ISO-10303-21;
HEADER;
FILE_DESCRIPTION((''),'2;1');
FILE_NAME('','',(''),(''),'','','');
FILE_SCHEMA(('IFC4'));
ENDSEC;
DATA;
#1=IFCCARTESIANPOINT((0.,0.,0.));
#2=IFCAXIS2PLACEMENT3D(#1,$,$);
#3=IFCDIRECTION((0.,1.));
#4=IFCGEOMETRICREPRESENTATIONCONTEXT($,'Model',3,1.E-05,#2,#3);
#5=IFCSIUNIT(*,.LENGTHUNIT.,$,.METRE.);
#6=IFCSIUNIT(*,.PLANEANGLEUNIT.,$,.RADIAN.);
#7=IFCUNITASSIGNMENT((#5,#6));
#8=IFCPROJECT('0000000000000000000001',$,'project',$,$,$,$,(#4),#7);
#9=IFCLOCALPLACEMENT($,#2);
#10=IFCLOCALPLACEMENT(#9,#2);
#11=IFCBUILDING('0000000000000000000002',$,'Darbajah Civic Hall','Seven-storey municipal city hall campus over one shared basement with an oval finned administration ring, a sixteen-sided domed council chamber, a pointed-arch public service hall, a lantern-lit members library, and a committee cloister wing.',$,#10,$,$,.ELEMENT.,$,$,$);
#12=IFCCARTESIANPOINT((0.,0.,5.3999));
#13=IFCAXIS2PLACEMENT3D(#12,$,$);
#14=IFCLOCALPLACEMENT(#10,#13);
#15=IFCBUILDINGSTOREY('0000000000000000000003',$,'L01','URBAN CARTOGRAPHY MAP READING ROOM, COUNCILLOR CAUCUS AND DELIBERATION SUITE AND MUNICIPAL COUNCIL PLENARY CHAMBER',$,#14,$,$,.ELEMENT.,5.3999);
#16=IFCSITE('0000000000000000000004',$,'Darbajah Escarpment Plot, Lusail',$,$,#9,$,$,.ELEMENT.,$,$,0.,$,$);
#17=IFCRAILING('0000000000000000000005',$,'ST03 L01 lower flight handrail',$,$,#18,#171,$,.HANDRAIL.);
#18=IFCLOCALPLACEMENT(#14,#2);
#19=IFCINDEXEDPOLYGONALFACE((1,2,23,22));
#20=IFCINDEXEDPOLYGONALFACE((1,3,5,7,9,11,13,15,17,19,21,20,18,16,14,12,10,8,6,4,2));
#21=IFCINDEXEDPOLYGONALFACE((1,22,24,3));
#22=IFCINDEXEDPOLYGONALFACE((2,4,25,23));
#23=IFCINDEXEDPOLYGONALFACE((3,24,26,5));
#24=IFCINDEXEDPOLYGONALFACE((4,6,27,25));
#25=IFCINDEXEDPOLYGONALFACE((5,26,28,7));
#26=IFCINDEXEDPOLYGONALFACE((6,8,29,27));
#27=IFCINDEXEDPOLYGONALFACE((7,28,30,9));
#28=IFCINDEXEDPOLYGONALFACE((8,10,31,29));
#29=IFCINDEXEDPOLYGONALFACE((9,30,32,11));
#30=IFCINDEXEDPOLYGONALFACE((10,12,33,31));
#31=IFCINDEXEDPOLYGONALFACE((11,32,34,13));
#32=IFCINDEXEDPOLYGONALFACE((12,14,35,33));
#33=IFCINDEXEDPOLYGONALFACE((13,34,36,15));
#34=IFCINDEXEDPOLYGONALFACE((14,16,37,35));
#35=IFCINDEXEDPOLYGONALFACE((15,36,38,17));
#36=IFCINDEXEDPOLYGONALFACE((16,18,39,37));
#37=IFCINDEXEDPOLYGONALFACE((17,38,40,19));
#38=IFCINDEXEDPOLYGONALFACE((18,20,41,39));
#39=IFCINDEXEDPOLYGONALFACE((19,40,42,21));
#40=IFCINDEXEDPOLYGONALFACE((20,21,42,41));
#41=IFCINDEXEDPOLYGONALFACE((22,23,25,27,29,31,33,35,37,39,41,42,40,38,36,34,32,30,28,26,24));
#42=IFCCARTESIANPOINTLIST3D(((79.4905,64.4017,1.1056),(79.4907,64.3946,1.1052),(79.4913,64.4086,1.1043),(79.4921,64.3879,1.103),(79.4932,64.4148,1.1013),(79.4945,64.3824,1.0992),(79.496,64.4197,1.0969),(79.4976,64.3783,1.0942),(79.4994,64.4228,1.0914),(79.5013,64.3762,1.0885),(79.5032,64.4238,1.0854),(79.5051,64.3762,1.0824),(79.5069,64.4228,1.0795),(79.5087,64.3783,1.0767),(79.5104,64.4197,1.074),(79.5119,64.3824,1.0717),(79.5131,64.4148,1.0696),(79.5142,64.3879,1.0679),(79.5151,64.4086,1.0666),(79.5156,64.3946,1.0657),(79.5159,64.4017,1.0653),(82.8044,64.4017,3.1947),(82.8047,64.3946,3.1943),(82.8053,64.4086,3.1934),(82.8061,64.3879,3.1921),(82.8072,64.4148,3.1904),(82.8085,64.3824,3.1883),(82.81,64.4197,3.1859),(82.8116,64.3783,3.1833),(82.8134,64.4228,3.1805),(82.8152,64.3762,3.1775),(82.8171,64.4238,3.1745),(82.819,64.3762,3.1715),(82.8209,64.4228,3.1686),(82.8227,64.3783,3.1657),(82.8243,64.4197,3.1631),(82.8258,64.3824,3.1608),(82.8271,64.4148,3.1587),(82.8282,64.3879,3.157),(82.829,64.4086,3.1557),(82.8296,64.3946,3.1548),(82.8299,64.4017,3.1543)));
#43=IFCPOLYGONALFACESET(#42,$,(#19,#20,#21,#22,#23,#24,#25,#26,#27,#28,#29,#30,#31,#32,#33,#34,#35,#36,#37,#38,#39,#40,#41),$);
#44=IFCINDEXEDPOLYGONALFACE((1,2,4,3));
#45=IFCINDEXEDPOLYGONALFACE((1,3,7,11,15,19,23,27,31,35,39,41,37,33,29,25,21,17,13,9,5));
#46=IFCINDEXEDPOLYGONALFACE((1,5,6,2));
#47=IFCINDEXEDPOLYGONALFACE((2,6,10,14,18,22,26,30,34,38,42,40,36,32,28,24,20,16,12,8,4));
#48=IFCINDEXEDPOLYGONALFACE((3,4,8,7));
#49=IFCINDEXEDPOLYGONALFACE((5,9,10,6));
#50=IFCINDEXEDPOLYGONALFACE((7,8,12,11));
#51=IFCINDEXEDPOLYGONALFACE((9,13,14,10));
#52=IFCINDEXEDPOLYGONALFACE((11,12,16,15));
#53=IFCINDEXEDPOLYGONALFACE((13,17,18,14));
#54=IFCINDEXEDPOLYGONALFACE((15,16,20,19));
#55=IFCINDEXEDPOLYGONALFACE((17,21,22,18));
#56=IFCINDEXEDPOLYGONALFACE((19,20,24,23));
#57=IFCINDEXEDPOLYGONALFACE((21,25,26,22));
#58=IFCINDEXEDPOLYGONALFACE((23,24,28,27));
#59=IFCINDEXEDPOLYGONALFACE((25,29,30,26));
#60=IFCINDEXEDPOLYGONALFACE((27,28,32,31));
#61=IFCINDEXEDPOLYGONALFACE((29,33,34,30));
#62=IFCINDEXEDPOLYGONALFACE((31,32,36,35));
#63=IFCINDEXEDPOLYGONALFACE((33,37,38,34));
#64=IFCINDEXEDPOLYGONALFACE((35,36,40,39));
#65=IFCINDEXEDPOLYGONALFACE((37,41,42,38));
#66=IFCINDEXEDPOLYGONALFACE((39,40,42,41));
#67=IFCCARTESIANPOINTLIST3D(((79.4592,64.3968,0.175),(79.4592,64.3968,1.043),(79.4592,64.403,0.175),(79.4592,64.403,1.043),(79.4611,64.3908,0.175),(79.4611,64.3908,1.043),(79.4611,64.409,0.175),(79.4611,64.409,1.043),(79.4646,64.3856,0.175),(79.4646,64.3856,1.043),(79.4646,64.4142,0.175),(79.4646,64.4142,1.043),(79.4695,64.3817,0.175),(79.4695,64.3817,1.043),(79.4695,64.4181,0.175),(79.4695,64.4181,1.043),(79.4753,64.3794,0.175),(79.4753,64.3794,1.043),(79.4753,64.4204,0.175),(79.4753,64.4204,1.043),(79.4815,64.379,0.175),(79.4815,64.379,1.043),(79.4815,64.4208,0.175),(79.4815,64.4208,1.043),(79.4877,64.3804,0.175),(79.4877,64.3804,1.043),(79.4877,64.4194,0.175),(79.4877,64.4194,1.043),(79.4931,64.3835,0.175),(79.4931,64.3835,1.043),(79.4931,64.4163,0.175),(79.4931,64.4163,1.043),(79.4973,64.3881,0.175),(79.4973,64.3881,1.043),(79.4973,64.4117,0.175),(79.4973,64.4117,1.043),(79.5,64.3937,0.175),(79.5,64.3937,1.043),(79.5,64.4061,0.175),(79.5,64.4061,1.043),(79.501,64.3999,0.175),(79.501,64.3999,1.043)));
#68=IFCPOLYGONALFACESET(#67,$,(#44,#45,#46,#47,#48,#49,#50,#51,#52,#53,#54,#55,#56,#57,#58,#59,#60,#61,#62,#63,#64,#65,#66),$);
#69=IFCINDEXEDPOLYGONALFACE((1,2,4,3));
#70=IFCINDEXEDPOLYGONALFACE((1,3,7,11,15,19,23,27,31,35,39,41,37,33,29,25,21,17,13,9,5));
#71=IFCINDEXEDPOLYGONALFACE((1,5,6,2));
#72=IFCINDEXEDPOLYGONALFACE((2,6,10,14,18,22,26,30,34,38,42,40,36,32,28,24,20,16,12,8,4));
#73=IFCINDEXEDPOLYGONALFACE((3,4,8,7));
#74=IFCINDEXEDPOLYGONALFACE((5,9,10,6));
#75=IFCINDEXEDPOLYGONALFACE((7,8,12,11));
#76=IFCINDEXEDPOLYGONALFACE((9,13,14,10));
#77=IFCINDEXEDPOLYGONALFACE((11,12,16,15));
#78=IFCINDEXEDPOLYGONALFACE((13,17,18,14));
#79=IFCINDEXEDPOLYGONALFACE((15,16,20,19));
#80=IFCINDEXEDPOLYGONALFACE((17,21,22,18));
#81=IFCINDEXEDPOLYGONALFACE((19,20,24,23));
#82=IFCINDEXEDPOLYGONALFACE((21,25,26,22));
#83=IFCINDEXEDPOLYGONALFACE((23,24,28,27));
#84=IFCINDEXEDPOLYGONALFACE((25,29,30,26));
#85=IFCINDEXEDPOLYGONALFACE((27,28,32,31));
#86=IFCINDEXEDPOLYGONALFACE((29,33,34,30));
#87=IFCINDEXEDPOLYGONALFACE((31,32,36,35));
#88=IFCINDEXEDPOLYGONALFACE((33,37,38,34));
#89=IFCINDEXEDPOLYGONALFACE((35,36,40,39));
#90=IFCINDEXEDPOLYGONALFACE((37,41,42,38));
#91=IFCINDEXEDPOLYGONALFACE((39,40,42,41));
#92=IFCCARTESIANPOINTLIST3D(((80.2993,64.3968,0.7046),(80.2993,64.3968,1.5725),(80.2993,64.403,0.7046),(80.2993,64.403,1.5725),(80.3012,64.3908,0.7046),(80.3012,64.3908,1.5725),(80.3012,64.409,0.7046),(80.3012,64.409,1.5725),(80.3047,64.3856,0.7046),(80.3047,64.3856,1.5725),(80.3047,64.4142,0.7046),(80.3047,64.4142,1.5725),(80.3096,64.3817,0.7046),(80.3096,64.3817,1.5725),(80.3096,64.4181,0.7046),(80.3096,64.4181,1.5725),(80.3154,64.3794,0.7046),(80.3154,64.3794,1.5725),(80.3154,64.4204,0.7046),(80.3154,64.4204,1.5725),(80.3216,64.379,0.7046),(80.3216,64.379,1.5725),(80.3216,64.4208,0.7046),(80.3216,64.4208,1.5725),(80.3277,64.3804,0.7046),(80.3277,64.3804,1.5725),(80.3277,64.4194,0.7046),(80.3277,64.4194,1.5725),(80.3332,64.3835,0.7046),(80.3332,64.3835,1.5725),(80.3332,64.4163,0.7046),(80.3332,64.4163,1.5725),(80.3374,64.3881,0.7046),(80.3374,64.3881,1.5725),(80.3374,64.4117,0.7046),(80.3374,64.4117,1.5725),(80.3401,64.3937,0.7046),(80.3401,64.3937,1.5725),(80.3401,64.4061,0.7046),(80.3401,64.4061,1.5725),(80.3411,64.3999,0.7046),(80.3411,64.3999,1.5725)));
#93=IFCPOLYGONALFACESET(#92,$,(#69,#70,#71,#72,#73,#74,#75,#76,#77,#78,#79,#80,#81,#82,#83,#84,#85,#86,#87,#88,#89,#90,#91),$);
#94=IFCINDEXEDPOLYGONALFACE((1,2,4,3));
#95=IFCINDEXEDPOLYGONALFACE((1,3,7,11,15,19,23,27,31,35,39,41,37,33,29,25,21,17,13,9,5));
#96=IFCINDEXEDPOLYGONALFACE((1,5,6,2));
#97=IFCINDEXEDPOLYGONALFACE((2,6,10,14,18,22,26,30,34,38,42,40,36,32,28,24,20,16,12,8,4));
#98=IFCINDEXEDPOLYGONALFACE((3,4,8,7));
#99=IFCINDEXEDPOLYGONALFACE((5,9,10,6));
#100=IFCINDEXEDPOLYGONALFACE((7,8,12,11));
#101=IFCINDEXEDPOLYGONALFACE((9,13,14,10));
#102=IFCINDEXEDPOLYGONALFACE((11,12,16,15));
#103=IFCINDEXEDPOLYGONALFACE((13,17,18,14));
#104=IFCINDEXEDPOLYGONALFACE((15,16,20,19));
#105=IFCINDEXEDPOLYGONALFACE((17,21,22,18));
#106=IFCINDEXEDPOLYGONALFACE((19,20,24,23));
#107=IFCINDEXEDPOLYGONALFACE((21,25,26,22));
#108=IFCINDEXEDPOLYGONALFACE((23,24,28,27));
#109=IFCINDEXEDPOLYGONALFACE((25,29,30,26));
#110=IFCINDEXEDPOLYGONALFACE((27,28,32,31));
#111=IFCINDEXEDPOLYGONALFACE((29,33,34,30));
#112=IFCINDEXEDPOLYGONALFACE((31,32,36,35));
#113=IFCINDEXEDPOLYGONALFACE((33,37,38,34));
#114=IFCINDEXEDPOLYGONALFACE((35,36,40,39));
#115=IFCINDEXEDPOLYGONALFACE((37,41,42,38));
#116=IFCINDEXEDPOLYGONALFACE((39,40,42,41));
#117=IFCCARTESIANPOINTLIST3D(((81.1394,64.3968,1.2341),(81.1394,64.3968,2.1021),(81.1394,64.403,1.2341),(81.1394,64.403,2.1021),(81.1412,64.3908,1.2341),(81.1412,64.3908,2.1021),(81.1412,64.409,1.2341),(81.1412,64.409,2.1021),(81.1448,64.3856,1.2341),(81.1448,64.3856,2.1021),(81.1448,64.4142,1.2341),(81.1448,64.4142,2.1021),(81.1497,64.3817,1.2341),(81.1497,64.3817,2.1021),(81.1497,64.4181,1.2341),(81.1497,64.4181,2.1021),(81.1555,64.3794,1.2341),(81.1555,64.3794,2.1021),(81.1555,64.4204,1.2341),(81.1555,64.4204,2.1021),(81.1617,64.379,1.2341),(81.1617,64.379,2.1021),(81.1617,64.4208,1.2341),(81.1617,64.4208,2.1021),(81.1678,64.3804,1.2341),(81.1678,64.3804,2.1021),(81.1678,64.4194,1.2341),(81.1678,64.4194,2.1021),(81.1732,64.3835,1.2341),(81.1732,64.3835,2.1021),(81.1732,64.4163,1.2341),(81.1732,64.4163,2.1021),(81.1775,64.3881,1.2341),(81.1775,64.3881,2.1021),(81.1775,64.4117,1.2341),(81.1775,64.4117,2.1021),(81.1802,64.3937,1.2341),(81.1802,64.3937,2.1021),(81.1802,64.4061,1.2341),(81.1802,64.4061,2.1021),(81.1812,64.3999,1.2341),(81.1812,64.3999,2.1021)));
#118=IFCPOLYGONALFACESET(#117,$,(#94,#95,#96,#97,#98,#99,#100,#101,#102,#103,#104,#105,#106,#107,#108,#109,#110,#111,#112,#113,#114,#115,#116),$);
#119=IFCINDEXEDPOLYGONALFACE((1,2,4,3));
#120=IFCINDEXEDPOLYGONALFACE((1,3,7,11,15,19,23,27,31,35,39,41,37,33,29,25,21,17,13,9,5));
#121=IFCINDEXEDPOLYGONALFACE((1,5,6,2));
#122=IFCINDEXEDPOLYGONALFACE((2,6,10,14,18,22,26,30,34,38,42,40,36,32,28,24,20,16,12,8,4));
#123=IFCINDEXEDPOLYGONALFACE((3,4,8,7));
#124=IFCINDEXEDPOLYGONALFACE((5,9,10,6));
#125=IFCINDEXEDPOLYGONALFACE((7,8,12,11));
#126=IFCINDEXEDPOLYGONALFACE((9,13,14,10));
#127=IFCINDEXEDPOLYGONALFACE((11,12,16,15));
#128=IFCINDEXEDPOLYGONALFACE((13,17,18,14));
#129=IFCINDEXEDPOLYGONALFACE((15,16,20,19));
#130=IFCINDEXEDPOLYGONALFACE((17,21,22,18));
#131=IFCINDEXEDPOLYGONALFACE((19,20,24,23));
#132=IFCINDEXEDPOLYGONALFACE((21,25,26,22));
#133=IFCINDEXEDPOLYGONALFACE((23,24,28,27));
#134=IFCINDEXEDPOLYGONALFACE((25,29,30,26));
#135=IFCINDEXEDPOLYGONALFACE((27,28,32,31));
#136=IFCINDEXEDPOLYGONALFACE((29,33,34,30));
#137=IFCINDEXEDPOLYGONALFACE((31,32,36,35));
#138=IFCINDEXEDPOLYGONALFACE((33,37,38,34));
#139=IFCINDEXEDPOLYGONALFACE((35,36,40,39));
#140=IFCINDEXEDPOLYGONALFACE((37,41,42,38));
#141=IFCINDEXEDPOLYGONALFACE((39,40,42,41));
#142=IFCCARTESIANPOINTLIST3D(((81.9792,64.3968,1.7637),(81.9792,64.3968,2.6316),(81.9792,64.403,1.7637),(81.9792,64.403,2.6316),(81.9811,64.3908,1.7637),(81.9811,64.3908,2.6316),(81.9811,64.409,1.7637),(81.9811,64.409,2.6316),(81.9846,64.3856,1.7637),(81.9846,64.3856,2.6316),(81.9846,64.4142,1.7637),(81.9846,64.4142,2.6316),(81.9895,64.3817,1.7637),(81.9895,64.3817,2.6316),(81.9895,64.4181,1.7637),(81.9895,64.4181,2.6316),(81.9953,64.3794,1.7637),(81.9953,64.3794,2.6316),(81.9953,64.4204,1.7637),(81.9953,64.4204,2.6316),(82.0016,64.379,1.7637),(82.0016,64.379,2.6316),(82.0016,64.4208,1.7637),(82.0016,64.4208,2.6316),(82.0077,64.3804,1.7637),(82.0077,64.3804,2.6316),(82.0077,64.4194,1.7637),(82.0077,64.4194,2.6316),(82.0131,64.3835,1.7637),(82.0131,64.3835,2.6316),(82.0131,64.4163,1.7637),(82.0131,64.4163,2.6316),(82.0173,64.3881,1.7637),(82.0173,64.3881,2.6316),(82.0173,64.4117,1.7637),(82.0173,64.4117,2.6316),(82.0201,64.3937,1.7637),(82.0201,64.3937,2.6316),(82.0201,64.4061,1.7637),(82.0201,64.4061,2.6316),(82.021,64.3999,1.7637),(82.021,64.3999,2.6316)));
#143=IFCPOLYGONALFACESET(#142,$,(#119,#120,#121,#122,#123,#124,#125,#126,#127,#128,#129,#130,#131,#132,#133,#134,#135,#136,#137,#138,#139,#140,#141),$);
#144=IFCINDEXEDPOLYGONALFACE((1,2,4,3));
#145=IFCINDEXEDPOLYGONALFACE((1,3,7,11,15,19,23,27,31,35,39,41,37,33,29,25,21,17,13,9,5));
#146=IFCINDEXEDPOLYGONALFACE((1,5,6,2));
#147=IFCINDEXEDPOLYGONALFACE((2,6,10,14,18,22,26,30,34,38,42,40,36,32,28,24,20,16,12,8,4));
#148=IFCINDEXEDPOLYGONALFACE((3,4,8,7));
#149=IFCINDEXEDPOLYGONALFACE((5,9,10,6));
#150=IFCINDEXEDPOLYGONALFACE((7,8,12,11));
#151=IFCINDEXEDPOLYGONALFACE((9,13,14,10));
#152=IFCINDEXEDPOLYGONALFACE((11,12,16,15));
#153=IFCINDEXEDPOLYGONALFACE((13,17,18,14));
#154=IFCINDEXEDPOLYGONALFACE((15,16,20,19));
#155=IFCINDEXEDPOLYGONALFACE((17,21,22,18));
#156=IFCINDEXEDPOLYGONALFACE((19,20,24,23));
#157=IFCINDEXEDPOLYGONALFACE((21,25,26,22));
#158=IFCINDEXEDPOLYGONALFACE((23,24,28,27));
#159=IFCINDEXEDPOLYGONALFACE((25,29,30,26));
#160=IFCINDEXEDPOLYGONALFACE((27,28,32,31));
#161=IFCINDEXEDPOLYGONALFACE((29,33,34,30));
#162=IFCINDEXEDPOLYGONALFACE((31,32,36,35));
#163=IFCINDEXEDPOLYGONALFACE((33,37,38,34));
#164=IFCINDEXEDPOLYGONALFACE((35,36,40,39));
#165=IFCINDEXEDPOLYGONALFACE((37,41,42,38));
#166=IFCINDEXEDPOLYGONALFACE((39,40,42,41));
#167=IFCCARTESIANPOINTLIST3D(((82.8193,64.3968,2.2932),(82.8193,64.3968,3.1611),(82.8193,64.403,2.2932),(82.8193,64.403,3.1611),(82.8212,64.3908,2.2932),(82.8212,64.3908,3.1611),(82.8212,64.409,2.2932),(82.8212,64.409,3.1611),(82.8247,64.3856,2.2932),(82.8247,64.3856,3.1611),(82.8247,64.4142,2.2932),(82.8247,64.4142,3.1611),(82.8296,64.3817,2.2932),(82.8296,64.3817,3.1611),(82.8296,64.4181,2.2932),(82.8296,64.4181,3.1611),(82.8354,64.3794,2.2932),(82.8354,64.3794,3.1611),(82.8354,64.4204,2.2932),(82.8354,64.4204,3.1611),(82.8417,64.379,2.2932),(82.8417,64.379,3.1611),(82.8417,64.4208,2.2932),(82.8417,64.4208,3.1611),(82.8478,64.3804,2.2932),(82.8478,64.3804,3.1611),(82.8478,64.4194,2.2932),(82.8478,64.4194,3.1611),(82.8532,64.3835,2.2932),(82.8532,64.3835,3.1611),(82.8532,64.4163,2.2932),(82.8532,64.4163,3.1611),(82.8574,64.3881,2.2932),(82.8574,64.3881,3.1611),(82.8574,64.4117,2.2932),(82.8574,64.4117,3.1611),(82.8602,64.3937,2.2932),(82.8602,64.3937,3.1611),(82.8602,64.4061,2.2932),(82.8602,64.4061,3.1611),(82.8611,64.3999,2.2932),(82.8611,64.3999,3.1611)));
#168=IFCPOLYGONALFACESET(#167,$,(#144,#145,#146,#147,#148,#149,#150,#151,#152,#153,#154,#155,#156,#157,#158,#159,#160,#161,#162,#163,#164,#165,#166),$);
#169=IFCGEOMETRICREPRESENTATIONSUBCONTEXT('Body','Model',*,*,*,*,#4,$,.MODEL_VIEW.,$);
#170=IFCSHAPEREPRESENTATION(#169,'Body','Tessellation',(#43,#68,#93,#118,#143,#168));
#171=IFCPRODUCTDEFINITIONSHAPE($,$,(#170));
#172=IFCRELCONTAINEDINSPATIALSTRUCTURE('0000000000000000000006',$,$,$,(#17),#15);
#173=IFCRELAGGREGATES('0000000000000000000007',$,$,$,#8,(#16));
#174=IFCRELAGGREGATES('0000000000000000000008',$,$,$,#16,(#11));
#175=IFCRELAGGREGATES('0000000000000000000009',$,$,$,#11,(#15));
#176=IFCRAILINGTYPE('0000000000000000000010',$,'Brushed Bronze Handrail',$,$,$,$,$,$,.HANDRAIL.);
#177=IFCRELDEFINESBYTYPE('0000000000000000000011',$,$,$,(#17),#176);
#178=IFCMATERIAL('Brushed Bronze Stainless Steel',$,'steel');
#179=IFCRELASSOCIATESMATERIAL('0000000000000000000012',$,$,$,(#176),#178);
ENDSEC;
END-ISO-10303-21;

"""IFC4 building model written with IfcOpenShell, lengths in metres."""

from ifc_helpers import new_model, si_unit, direction, frame, origin, origin_2d, place, context, subcontext, project, spatial, circle, extrude, material, type_object, element, save


model = new_model("IFC4")

# Units and contexts
model_context = context("Model", 3, precision=1e-05, world=origin(), true_north=direction((0.0, 1.0)))
body_context = subcontext(model_context, "Body", "Model", "MODEL_VIEW")
ifc_project = project(units=[si_unit("LENGTHUNIT", "METRE"), si_unit("PLANEANGLEUNIT", "RADIAN")], contexts=[model_context])

# Site, building, storey
site_placement = place(None, origin())
site = spatial("IfcSite", under=ifc_project, at=site_placement, Name="Darbajah Escarpment Plot, Lusail", CompositionType="ELEMENT", RefElevation=0.0)
building_placement = place(site_placement, origin())
building = spatial("IfcBuilding", under=site, at=building_placement, Name="Darbajah Civic Hall", Description="Seven-storey municipal city hall campus over one shared basement with an oval finned administration ring, a sixteen-sided domed council chamber, a pointed-arch public service hall, a lantern-lit members library, and a committee cloister wing.", CompositionType="ELEMENT")
storey_placement = place(building_placement, frame((0.0, 0.0, 5.3999)))
storey = spatial("IfcBuildingStorey", under=building, at=storey_placement, Name="L01", Description="URBAN CARTOGRAPHY MAP READING ROOM, COUNCILLOR CAUCUS AND DELIBERATION SUITE AND MUNICIPAL COUNCIL PLENARY CHAMBER", CompositionType="ELEMENT", Elevation=5.3999)

# Railing
ifc_material_1 = material(Name="Brushed Bronze Stainless Steel", Category="steel")
railing_type_1 = type_object("IfcRailingType", Name="Brushed Bronze Handrail", PredefinedType="HANDRAIL", material=ifc_material_1)
railing_1_placement = place(storey_placement, frame((79.48, 64.3999, 0.175)))
element("IfcRailing", 1, at=railing_1_placement, inside=storey, type_object=railing_type_1, Name="ST03 L01 lower flight handrail", PredefinedType="HANDRAIL", context=body_context, shape_type="SweptSolid", body=[
    extrude(circle(Radius=0.0239, at=origin_2d()), frame((0.0232, 0.0, 0.9104), z_axis=(0.845944, 0.0, 0.533271), x_axis=(0.0, 1.0, 0.0)), (0.0, 0.0, 1.0), 3.9175),
    extrude(circle(Radius=0.021, at=origin_2d()), origin(), (0.0, 0.0, 1.0), 0.8679),
    extrude(circle(Radius=0.021, at=origin_2d()), frame((0.8401, 0.0, 0.5295)), (0.0, 0.0, 1.0), 0.8679),
    extrude(circle(Radius=0.021, at=origin_2d()), frame((1.6802, 0.0, 1.0591)), (0.0, 0.0, 1.0), 0.8679),
    extrude(circle(Radius=0.021, at=origin_2d()), frame((2.52, 0.0, 1.5886)), (0.0, 0.0, 1.0), 0.8679),
    extrude(circle(Radius=0.021, at=origin_2d()), frame((3.3601, 0.0, 2.1182)), (0.0, 0.0, 1.0), 0.8679),
])

save(model, "model.ifc")
